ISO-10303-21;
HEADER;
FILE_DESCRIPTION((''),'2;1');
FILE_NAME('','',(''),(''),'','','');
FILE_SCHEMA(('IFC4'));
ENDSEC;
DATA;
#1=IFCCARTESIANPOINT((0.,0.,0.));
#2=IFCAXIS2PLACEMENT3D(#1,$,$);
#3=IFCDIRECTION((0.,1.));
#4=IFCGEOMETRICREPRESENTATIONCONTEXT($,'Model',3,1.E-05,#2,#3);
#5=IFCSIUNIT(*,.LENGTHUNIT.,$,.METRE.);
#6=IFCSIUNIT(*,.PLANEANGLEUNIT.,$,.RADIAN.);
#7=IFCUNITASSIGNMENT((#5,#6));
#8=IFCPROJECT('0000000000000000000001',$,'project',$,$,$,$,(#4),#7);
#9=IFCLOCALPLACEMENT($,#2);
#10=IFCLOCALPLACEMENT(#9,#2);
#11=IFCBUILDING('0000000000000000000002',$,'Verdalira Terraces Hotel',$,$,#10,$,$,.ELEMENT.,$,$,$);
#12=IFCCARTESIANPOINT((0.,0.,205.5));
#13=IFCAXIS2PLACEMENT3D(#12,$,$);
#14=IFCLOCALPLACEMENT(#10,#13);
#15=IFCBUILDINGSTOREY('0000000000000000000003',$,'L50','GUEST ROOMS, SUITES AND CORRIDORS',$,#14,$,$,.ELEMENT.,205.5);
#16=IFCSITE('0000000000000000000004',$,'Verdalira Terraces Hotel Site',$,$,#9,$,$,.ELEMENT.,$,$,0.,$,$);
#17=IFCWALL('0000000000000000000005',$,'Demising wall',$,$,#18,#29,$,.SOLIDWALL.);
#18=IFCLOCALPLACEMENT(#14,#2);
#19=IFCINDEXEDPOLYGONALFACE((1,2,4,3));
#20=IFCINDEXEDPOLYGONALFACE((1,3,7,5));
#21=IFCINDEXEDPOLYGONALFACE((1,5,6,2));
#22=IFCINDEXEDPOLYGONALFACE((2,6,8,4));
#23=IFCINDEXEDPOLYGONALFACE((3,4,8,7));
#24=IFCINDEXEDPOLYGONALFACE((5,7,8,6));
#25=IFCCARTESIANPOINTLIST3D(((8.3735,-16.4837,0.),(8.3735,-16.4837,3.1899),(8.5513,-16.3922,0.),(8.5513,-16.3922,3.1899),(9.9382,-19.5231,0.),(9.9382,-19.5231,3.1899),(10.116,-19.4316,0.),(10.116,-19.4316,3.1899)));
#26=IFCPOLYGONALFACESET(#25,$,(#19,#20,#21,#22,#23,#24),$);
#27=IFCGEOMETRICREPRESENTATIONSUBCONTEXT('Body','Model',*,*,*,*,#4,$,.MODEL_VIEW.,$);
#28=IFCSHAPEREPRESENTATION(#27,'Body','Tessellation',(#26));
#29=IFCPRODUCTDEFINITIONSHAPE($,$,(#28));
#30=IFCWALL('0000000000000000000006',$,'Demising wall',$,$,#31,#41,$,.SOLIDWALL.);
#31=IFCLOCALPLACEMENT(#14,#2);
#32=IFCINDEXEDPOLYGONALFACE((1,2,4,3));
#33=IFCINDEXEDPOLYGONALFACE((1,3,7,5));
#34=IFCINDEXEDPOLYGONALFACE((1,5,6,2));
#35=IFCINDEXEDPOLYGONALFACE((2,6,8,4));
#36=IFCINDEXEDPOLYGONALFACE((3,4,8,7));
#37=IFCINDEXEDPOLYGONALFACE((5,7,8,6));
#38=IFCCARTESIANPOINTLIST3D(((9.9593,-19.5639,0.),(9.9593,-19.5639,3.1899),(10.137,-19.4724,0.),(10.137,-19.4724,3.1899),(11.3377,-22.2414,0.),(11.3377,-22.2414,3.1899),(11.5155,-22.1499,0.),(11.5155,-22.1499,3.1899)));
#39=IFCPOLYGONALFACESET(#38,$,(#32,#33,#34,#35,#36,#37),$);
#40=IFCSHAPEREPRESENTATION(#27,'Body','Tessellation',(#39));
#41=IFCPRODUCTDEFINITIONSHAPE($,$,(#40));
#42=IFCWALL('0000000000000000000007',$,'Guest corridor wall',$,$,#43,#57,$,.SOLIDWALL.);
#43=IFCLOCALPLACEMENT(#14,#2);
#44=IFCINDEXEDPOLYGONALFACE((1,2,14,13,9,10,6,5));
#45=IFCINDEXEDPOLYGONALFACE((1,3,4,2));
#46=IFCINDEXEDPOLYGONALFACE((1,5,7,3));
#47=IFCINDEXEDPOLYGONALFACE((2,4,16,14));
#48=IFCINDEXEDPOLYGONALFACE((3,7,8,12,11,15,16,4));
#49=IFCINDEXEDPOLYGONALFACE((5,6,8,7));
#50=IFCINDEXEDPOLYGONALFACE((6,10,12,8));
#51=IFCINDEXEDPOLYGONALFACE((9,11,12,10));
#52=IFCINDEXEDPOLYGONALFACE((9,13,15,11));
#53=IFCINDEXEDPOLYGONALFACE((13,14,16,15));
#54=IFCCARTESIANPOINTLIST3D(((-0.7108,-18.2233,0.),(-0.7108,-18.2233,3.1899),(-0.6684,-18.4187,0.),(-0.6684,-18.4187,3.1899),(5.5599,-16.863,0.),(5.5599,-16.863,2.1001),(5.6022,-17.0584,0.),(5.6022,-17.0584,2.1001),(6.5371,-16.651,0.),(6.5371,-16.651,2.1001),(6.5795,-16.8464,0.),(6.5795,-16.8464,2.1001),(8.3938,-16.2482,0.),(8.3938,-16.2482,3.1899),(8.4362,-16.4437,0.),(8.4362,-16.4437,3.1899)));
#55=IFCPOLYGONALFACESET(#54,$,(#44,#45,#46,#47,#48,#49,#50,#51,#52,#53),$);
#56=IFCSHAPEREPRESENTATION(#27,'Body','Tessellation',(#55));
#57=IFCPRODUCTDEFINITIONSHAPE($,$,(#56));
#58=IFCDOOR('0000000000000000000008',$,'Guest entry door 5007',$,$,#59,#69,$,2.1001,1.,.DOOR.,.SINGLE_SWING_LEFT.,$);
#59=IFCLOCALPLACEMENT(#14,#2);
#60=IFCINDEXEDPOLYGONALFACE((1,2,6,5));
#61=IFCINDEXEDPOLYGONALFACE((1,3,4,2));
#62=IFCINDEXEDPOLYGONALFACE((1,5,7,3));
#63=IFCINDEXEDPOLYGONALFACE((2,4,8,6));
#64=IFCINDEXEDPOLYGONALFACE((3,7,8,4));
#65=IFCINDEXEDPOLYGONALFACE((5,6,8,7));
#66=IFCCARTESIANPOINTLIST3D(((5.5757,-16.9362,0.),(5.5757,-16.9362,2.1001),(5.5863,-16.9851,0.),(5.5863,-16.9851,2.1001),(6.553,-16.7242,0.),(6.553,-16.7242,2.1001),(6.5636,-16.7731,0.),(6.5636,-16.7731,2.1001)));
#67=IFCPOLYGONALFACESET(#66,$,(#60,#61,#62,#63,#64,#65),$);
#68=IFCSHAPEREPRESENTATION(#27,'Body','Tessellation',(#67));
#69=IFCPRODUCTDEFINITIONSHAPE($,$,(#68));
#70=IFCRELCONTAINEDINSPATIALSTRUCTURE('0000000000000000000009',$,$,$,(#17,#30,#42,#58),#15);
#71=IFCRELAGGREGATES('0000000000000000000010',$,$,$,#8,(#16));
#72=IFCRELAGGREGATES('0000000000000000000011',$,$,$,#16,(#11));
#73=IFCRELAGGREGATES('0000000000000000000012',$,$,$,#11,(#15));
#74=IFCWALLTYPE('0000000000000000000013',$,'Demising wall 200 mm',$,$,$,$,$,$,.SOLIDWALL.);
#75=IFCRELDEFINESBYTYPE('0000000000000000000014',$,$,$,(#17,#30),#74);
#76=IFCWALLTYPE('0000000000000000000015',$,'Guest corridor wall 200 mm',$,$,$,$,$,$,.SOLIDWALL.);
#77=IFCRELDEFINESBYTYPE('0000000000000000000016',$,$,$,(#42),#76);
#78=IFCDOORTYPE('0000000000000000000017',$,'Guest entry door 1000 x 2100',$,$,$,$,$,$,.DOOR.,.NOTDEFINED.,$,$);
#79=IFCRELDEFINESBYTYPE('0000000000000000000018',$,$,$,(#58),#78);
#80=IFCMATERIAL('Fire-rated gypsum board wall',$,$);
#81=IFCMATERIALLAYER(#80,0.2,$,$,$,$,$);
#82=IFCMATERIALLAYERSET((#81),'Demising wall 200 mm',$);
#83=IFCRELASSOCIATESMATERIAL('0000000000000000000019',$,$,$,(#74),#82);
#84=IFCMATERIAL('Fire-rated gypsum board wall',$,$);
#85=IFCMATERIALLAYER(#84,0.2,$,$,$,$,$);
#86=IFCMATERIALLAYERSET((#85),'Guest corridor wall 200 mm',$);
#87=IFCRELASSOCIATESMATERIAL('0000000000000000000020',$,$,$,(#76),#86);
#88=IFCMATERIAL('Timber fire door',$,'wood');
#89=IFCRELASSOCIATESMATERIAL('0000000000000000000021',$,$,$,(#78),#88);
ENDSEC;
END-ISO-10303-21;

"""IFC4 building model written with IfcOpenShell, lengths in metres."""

from ifc_helpers import new_model, si_unit, direction, frame, frame_2d, origin, place, context, subcontext, project, spatial, rectangle, extrude, material, layer, layer_set, type_object, element, fill, save


model = new_model("IFC4")

# Units and contexts
model_context = context("Model", 3, precision=1e-05, world=origin(), true_north=direction((0.0, 1.0)))
body_context = subcontext(model_context, "Body", "Model", "MODEL_VIEW")
ifc_project = project(units=[si_unit("LENGTHUNIT", "METRE"), si_unit("PLANEANGLEUNIT", "RADIAN")], contexts=[model_context])

# Site, building, storey
site_placement = place(None, origin())
site = spatial("IfcSite", under=ifc_project, at=site_placement, Name="Verdalira Terraces Hotel Site", CompositionType="ELEMENT", RefElevation=0.0)
building_placement = place(site_placement, origin())
building = spatial("IfcBuilding", under=site, at=building_placement, Name="Verdalira Terraces Hotel", CompositionType="ELEMENT")
storey_placement = place(building_placement, frame((0.0, 0.0, 205.5)))
storey = spatial("IfcBuildingStorey", under=building, at=storey_placement, Name="L50", Description="GUEST ROOMS, SUITES AND CORRIDORS", CompositionType="ELEMENT", Elevation=205.5)

# Walls
ifc_material_1 = material(Name="Fire-rated gypsum board wall")
ifc_layer_1 = layer(ifc_material_1, 0.2)
ifc_layer_set_1 = layer_set([ifc_layer_1], Name="Demising wall 200 mm")
wall_type_1 = type_object("IfcWallType", Name="Demising wall 200 mm", PredefinedType="SOLIDWALL", material=ifc_layer_set_1)
wall_1_placement = place(storey_placement, frame((8.4624, -16.438, 0.0), z_axis=(0.0, 0.0, 1.0), x_axis=(0.457724, -0.889094, 0.0)))
element("IfcWall", 1, at=wall_1_placement, inside=storey, type_object=wall_type_1, Name="Demising wall", PredefinedType="SOLIDWALL", context=body_context, shape_type="SweptSolid", body=[
    extrude(rectangle(XDim=3.4185, YDim=0.2, at=frame_2d((1.7092, 0.0))), origin(), (0.0, 0.0, 1.0), 3.1899),
])
wall_2_placement = place(storey_placement, frame((10.0481, -19.5181, 0.0), z_axis=(0.0, 0.0, 1.0), x_axis=(0.457722, -0.889096, 0.0)))
element("IfcWall", 2, at=wall_2_placement, inside=storey, type_object=wall_type_1, Name="Demising wall", PredefinedType="SOLIDWALL", context=body_context, shape_type="SweptSolid", body=[
    extrude(rectangle(XDim=3.0115, YDim=0.2, at=frame_2d((1.5059, 0.0))), origin(), (0.0, 0.0, 1.0), 3.1899),
])

# Wall, opening, door
ifc_material_2 = material(Name="Fire-rated gypsum board wall")
ifc_layer_2 = layer(ifc_material_2, 0.2)
ifc_layer_set_2 = layer_set([ifc_layer_2], Name="Guest corridor wall 200 mm")
wall_type_2 = type_object("IfcWallType", Name="Guest corridor wall 200 mm", PredefinedType="SOLIDWALL", material=ifc_layer_set_2)
wall_3_placement = place(storey_placement, frame((8.415, -16.3459, 0.0), z_axis=(0.0, 0.0, 1.0), x_axis=(-0.97727, -0.212, 0.0)))
wall_3 = element("IfcWall", 3, at=wall_3_placement, inside=storey, type_object=wall_type_2, Name="Guest corridor wall", PredefinedType="SOLIDWALL", context=body_context, shape_type="SweptSolid", body=[
    extrude(rectangle(XDim=9.3164, YDim=0.2, at=frame_2d((4.6582, 0.0))), origin(), (0.0, 0.0, 1.0), 3.1899),
])
opening_1_placement = place(wall_3_placement, frame((1.8999, 0.0, 0.0)))
opening_1 = element("IfcOpeningElement", 4, at=opening_1_placement, cuts=wall_3, PredefinedType="OPENING", context=body_context, shape_type="SweptSolid", body=[
    extrude(rectangle(XDim=1.0, YDim=2.1001, at=frame_2d((0.5, 1.05))), frame((0.0, 0.1099, 0.0), z_axis=(0.0, -1.0, 0.0), x_axis=(1.0, 0.0, 0.0)), (0.0, 0.0, 1.0), 0.22),
])
ifc_material_3 = material(Name="Timber fire door", Category="wood")
door_type_1 = type_object("IfcDoorType", Name="Guest entry door 1000 x 2100", OperationType="NOTDEFINED", PredefinedType="DOOR", material=ifc_material_3)
door_1_placement = place(opening_1_placement, origin())
door_1 = element("IfcDoor", 5, at=door_1_placement, inside=storey, type_object=door_type_1, Name="Guest entry door 5007", OperationType="SINGLE_SWING_LEFT", OverallHeight=2.1001, OverallWidth=1.0, PredefinedType="DOOR", context=body_context, shape_type="SweptSolid", body=[
    extrude(rectangle(XDim=1.0, YDim=2.1001, at=frame_2d((0.5, 1.05))), frame((0.0, 0.0249, 0.0), z_axis=(0.0, -1.0, 0.0), x_axis=(1.0, 0.0, 0.0)), (0.0, 0.0, 1.0), 0.05),
])
fill(opening_1, door_1)

save(model, "model.ifc")
